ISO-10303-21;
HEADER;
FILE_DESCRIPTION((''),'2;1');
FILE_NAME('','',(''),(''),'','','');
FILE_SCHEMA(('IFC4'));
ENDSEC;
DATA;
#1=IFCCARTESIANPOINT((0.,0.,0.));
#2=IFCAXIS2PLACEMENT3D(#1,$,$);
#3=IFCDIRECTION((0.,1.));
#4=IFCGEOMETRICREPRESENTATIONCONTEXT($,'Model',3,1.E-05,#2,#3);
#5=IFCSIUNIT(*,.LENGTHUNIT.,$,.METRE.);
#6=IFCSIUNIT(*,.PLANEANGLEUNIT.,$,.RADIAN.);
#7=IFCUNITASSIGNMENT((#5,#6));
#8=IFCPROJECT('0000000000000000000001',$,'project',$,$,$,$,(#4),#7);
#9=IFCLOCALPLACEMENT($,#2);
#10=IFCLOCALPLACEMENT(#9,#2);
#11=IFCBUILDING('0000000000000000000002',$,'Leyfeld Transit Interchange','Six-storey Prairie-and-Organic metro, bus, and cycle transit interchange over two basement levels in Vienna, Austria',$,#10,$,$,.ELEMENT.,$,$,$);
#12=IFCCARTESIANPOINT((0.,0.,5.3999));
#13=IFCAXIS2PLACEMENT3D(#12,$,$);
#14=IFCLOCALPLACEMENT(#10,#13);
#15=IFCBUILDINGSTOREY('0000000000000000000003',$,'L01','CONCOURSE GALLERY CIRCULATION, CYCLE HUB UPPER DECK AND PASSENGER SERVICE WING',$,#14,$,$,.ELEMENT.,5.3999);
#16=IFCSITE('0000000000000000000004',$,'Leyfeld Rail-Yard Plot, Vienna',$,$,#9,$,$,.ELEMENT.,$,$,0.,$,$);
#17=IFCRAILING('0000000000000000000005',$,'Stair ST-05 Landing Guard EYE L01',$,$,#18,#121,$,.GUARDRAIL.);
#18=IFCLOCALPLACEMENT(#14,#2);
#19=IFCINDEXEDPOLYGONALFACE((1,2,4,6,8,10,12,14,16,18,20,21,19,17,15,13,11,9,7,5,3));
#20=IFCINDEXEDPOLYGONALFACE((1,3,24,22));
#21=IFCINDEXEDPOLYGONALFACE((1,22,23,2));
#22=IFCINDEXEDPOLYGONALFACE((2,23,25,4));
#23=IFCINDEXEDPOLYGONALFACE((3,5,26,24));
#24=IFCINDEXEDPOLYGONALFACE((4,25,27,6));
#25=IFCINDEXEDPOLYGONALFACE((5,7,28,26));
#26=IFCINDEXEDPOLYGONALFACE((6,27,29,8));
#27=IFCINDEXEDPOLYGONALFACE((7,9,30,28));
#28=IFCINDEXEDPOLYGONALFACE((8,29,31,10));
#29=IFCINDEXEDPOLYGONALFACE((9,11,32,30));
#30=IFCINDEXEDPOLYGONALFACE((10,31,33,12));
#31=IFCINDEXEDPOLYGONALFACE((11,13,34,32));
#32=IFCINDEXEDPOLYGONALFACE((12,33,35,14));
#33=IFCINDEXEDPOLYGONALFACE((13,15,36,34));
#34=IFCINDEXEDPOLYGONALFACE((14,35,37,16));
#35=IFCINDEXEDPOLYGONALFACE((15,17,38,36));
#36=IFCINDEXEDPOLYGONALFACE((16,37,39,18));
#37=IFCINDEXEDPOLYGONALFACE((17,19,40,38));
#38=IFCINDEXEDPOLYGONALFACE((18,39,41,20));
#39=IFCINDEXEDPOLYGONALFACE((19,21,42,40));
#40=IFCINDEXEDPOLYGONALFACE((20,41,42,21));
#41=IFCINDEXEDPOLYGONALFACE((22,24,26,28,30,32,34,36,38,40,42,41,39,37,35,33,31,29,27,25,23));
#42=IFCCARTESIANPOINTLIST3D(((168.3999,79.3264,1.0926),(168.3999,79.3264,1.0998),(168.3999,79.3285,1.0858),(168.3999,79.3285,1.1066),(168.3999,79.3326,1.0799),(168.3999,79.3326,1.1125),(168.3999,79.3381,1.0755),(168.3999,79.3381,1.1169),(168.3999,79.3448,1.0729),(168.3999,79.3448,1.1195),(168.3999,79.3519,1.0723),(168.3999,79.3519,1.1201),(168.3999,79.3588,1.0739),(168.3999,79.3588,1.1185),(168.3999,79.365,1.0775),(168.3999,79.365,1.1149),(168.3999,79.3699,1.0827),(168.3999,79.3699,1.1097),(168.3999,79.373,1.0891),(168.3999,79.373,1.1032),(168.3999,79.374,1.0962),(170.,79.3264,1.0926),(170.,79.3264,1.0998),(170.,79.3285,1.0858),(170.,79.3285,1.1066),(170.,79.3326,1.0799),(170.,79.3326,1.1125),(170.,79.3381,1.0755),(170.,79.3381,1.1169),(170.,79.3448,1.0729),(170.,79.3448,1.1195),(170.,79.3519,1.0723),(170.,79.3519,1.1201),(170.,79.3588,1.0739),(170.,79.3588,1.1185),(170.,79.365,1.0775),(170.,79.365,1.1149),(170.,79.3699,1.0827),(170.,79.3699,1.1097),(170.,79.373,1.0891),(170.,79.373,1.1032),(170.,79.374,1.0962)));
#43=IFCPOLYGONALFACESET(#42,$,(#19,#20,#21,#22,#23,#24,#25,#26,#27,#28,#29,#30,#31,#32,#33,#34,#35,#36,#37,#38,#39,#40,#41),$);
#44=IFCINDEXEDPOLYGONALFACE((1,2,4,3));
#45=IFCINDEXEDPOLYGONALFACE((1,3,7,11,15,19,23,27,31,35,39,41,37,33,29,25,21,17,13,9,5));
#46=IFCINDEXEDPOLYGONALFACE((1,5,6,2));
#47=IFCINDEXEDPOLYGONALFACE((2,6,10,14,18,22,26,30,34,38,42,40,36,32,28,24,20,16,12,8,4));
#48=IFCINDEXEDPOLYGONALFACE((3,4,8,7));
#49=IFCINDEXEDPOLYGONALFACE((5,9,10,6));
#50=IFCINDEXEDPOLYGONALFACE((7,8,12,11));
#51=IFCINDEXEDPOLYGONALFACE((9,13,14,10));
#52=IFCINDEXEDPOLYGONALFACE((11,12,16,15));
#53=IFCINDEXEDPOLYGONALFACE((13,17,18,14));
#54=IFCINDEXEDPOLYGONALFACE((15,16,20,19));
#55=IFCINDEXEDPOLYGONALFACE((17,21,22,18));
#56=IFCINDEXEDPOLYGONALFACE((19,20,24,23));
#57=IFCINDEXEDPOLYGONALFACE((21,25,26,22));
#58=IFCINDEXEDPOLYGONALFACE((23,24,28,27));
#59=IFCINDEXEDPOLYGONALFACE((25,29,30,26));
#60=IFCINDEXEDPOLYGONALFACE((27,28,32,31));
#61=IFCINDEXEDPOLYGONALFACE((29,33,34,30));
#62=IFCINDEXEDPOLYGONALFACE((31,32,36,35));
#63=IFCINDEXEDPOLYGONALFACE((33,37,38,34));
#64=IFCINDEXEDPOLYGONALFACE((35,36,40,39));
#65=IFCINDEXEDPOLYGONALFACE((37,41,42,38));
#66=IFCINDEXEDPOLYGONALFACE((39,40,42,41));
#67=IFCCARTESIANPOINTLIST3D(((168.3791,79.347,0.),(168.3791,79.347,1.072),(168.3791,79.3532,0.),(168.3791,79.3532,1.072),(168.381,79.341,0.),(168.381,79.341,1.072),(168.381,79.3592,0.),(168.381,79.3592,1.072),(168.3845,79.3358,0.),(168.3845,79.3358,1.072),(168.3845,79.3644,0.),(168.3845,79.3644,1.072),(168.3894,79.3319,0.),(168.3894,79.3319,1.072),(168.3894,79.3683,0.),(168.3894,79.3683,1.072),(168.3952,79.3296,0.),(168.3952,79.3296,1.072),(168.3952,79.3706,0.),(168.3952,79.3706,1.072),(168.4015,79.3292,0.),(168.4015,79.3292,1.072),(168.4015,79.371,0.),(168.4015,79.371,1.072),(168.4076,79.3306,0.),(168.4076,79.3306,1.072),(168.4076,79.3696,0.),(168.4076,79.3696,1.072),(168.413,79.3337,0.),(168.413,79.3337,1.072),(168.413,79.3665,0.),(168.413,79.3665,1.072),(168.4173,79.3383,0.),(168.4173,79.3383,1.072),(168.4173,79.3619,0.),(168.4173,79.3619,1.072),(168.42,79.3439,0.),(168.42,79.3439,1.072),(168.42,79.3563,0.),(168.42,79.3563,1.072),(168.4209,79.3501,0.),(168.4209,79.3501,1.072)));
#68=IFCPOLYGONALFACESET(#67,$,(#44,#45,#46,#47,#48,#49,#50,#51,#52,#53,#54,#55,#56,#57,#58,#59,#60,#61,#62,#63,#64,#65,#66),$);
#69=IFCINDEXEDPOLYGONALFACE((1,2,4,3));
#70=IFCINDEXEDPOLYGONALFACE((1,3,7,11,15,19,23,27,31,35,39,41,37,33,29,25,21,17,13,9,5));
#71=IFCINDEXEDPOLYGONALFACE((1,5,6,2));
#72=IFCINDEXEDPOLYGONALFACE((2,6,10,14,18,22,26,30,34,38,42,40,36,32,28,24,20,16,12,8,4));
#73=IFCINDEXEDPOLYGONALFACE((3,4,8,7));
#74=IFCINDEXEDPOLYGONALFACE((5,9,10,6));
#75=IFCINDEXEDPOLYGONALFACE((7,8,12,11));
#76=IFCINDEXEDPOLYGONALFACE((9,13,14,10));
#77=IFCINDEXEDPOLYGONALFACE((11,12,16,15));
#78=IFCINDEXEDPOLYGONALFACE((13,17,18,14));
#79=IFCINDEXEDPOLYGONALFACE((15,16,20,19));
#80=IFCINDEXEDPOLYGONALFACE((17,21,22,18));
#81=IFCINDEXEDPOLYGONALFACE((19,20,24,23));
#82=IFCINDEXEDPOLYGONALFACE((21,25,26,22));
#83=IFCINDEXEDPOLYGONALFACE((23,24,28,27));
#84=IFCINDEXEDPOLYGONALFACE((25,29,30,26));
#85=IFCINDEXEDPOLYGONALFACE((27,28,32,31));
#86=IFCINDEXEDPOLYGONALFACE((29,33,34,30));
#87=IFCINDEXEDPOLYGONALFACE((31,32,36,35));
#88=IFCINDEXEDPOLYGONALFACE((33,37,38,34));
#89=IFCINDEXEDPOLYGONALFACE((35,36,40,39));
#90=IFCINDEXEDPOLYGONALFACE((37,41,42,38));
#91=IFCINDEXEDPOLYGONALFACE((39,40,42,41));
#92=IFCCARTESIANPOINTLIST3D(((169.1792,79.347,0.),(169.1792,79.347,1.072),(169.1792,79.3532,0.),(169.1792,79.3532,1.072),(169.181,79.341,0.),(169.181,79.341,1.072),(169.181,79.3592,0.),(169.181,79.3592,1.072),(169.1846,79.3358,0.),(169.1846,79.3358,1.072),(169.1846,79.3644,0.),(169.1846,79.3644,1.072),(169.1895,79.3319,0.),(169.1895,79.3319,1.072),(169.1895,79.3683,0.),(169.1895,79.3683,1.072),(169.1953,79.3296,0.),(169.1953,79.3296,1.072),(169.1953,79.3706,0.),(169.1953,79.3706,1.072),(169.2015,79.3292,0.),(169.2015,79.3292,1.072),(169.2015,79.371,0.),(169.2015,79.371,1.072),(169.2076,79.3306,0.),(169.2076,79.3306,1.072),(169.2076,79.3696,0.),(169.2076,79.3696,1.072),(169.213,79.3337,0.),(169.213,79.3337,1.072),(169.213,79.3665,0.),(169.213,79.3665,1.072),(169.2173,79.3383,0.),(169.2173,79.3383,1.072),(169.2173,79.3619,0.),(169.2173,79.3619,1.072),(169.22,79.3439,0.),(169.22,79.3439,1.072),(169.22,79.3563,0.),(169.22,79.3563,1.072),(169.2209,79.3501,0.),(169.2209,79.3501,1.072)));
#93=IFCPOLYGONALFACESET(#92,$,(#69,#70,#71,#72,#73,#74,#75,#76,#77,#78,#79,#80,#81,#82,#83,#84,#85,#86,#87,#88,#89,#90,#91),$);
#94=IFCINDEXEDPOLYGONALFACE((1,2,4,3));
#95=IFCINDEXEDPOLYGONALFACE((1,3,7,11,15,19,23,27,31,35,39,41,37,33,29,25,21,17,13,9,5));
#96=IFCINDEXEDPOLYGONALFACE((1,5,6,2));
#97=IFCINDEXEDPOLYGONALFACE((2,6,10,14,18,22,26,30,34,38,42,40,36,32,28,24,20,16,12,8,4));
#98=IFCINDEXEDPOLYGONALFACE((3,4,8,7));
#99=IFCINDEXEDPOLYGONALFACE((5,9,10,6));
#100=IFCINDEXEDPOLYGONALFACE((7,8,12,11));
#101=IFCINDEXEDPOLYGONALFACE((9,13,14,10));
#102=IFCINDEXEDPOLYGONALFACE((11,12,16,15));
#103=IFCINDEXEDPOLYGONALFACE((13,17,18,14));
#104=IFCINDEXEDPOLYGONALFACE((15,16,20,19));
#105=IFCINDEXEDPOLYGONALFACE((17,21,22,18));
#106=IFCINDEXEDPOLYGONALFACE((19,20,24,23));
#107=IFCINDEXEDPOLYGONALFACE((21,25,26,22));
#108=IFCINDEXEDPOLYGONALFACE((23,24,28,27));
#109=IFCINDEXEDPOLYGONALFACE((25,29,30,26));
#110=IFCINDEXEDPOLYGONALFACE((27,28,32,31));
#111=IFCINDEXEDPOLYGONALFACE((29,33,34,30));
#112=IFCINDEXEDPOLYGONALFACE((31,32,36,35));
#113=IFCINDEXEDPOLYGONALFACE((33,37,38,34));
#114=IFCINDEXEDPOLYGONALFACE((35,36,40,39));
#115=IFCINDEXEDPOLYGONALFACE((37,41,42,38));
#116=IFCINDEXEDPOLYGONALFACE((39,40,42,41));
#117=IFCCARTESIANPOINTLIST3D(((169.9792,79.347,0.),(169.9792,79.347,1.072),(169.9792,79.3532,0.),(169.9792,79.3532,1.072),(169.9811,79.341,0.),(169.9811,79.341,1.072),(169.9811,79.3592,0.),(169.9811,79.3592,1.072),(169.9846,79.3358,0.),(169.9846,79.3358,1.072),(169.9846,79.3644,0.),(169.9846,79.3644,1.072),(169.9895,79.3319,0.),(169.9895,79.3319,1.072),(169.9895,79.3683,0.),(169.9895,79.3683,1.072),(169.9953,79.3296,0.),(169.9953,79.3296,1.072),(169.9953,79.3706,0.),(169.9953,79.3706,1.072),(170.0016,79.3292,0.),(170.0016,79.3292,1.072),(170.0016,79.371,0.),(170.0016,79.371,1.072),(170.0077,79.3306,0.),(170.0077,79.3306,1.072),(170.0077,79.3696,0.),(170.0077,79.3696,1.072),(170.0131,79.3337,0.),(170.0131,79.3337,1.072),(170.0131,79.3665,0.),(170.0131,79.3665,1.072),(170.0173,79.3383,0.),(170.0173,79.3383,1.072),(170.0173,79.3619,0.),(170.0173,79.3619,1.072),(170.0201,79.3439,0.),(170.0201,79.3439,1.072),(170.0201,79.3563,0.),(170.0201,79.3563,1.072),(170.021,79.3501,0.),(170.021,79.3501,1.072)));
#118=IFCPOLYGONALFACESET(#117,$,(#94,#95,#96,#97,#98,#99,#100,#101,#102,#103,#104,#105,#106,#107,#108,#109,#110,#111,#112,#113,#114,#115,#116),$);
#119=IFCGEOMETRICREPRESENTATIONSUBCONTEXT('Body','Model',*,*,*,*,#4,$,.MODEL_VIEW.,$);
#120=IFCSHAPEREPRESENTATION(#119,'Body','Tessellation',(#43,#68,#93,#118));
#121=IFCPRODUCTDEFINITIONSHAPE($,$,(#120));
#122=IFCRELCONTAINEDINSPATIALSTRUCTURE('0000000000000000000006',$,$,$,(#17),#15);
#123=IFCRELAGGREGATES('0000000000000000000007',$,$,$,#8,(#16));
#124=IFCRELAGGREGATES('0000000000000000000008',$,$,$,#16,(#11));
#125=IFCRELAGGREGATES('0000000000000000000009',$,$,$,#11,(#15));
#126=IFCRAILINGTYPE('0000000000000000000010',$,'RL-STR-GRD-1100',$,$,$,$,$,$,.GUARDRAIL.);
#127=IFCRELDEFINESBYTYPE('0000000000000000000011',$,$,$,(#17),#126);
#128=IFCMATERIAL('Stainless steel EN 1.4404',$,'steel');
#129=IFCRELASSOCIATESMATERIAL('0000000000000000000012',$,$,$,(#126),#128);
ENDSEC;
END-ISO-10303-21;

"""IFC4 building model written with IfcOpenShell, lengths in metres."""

from ifc_helpers import new_model, si_unit, direction, frame, origin, origin_2d, place, context, subcontext, project, spatial, circle, extrude, material, type_object, element, save


model = new_model("IFC4")

# Units and contexts
model_context = context("Model", 3, precision=1e-05, world=origin(), true_north=direction((0.0, 1.0)))
body_context = subcontext(model_context, "Body", "Model", "MODEL_VIEW")
ifc_project = project(units=[si_unit("LENGTHUNIT", "METRE"), si_unit("PLANEANGLEUNIT", "RADIAN")], contexts=[model_context])

# Site, building, storey
site_placement = place(None, origin())
site = spatial("IfcSite", under=ifc_project, at=site_placement, Name="Leyfeld Rail-Yard Plot, Vienna", CompositionType="ELEMENT", RefElevation=0.0)
building_placement = place(site_placement, origin())
building = spatial("IfcBuilding", under=site, at=building_placement, Name="Leyfeld Transit Interchange", Description="Six-storey Prairie-and-Organic metro, bus, and cycle transit interchange over two basement levels in Vienna, Austria", CompositionType="ELEMENT")
storey_placement = place(building_placement, frame((0.0, 0.0, 5.3999)))
storey = spatial("IfcBuildingStorey", under=building, at=storey_placement, Name="L01", Description="CONCOURSE GALLERY CIRCULATION, CYCLE HUB UPPER DECK AND PASSENGER SERVICE WING", CompositionType="ELEMENT", Elevation=5.3999)

# Railing
ifc_material_1 = material(Name="Stainless steel EN 1.4404", Category="steel")
railing_type_1 = type_object("IfcRailingType", Name="RL-STR-GRD-1100", PredefinedType="GUARDRAIL", material=ifc_material_1)
railing_1_placement = place(storey_placement, frame((168.3999, 79.3501, 0.0)))
element("IfcRailing", 1, at=railing_1_placement, inside=storey, type_object=railing_type_1, Name="Stair ST-05 Landing Guard EYE L01", PredefinedType="GUARDRAIL", context=body_context, shape_type="SweptSolid", body=[
    extrude(circle(Radius=0.0239, at=origin_2d()), frame((0.0, 0.0, 1.0962), z_axis=(1.0, 0.0, 0.0), x_axis=(0.0, 1.0, 0.0)), (0.0, 0.0, 1.0), 1.6001),
    extrude(circle(Radius=0.021, at=origin_2d()), origin(), (0.0, 0.0, 1.0), 1.072),
    extrude(circle(Radius=0.021, at=origin_2d()), frame((0.8, 0.0, 0.0)), (0.0, 0.0, 1.0), 1.072),
    extrude(circle(Radius=0.021, at=origin_2d()), frame((1.6001, 0.0, 0.0)), (0.0, 0.0, 1.0), 1.072),
])

save(model, "model.ifc")
